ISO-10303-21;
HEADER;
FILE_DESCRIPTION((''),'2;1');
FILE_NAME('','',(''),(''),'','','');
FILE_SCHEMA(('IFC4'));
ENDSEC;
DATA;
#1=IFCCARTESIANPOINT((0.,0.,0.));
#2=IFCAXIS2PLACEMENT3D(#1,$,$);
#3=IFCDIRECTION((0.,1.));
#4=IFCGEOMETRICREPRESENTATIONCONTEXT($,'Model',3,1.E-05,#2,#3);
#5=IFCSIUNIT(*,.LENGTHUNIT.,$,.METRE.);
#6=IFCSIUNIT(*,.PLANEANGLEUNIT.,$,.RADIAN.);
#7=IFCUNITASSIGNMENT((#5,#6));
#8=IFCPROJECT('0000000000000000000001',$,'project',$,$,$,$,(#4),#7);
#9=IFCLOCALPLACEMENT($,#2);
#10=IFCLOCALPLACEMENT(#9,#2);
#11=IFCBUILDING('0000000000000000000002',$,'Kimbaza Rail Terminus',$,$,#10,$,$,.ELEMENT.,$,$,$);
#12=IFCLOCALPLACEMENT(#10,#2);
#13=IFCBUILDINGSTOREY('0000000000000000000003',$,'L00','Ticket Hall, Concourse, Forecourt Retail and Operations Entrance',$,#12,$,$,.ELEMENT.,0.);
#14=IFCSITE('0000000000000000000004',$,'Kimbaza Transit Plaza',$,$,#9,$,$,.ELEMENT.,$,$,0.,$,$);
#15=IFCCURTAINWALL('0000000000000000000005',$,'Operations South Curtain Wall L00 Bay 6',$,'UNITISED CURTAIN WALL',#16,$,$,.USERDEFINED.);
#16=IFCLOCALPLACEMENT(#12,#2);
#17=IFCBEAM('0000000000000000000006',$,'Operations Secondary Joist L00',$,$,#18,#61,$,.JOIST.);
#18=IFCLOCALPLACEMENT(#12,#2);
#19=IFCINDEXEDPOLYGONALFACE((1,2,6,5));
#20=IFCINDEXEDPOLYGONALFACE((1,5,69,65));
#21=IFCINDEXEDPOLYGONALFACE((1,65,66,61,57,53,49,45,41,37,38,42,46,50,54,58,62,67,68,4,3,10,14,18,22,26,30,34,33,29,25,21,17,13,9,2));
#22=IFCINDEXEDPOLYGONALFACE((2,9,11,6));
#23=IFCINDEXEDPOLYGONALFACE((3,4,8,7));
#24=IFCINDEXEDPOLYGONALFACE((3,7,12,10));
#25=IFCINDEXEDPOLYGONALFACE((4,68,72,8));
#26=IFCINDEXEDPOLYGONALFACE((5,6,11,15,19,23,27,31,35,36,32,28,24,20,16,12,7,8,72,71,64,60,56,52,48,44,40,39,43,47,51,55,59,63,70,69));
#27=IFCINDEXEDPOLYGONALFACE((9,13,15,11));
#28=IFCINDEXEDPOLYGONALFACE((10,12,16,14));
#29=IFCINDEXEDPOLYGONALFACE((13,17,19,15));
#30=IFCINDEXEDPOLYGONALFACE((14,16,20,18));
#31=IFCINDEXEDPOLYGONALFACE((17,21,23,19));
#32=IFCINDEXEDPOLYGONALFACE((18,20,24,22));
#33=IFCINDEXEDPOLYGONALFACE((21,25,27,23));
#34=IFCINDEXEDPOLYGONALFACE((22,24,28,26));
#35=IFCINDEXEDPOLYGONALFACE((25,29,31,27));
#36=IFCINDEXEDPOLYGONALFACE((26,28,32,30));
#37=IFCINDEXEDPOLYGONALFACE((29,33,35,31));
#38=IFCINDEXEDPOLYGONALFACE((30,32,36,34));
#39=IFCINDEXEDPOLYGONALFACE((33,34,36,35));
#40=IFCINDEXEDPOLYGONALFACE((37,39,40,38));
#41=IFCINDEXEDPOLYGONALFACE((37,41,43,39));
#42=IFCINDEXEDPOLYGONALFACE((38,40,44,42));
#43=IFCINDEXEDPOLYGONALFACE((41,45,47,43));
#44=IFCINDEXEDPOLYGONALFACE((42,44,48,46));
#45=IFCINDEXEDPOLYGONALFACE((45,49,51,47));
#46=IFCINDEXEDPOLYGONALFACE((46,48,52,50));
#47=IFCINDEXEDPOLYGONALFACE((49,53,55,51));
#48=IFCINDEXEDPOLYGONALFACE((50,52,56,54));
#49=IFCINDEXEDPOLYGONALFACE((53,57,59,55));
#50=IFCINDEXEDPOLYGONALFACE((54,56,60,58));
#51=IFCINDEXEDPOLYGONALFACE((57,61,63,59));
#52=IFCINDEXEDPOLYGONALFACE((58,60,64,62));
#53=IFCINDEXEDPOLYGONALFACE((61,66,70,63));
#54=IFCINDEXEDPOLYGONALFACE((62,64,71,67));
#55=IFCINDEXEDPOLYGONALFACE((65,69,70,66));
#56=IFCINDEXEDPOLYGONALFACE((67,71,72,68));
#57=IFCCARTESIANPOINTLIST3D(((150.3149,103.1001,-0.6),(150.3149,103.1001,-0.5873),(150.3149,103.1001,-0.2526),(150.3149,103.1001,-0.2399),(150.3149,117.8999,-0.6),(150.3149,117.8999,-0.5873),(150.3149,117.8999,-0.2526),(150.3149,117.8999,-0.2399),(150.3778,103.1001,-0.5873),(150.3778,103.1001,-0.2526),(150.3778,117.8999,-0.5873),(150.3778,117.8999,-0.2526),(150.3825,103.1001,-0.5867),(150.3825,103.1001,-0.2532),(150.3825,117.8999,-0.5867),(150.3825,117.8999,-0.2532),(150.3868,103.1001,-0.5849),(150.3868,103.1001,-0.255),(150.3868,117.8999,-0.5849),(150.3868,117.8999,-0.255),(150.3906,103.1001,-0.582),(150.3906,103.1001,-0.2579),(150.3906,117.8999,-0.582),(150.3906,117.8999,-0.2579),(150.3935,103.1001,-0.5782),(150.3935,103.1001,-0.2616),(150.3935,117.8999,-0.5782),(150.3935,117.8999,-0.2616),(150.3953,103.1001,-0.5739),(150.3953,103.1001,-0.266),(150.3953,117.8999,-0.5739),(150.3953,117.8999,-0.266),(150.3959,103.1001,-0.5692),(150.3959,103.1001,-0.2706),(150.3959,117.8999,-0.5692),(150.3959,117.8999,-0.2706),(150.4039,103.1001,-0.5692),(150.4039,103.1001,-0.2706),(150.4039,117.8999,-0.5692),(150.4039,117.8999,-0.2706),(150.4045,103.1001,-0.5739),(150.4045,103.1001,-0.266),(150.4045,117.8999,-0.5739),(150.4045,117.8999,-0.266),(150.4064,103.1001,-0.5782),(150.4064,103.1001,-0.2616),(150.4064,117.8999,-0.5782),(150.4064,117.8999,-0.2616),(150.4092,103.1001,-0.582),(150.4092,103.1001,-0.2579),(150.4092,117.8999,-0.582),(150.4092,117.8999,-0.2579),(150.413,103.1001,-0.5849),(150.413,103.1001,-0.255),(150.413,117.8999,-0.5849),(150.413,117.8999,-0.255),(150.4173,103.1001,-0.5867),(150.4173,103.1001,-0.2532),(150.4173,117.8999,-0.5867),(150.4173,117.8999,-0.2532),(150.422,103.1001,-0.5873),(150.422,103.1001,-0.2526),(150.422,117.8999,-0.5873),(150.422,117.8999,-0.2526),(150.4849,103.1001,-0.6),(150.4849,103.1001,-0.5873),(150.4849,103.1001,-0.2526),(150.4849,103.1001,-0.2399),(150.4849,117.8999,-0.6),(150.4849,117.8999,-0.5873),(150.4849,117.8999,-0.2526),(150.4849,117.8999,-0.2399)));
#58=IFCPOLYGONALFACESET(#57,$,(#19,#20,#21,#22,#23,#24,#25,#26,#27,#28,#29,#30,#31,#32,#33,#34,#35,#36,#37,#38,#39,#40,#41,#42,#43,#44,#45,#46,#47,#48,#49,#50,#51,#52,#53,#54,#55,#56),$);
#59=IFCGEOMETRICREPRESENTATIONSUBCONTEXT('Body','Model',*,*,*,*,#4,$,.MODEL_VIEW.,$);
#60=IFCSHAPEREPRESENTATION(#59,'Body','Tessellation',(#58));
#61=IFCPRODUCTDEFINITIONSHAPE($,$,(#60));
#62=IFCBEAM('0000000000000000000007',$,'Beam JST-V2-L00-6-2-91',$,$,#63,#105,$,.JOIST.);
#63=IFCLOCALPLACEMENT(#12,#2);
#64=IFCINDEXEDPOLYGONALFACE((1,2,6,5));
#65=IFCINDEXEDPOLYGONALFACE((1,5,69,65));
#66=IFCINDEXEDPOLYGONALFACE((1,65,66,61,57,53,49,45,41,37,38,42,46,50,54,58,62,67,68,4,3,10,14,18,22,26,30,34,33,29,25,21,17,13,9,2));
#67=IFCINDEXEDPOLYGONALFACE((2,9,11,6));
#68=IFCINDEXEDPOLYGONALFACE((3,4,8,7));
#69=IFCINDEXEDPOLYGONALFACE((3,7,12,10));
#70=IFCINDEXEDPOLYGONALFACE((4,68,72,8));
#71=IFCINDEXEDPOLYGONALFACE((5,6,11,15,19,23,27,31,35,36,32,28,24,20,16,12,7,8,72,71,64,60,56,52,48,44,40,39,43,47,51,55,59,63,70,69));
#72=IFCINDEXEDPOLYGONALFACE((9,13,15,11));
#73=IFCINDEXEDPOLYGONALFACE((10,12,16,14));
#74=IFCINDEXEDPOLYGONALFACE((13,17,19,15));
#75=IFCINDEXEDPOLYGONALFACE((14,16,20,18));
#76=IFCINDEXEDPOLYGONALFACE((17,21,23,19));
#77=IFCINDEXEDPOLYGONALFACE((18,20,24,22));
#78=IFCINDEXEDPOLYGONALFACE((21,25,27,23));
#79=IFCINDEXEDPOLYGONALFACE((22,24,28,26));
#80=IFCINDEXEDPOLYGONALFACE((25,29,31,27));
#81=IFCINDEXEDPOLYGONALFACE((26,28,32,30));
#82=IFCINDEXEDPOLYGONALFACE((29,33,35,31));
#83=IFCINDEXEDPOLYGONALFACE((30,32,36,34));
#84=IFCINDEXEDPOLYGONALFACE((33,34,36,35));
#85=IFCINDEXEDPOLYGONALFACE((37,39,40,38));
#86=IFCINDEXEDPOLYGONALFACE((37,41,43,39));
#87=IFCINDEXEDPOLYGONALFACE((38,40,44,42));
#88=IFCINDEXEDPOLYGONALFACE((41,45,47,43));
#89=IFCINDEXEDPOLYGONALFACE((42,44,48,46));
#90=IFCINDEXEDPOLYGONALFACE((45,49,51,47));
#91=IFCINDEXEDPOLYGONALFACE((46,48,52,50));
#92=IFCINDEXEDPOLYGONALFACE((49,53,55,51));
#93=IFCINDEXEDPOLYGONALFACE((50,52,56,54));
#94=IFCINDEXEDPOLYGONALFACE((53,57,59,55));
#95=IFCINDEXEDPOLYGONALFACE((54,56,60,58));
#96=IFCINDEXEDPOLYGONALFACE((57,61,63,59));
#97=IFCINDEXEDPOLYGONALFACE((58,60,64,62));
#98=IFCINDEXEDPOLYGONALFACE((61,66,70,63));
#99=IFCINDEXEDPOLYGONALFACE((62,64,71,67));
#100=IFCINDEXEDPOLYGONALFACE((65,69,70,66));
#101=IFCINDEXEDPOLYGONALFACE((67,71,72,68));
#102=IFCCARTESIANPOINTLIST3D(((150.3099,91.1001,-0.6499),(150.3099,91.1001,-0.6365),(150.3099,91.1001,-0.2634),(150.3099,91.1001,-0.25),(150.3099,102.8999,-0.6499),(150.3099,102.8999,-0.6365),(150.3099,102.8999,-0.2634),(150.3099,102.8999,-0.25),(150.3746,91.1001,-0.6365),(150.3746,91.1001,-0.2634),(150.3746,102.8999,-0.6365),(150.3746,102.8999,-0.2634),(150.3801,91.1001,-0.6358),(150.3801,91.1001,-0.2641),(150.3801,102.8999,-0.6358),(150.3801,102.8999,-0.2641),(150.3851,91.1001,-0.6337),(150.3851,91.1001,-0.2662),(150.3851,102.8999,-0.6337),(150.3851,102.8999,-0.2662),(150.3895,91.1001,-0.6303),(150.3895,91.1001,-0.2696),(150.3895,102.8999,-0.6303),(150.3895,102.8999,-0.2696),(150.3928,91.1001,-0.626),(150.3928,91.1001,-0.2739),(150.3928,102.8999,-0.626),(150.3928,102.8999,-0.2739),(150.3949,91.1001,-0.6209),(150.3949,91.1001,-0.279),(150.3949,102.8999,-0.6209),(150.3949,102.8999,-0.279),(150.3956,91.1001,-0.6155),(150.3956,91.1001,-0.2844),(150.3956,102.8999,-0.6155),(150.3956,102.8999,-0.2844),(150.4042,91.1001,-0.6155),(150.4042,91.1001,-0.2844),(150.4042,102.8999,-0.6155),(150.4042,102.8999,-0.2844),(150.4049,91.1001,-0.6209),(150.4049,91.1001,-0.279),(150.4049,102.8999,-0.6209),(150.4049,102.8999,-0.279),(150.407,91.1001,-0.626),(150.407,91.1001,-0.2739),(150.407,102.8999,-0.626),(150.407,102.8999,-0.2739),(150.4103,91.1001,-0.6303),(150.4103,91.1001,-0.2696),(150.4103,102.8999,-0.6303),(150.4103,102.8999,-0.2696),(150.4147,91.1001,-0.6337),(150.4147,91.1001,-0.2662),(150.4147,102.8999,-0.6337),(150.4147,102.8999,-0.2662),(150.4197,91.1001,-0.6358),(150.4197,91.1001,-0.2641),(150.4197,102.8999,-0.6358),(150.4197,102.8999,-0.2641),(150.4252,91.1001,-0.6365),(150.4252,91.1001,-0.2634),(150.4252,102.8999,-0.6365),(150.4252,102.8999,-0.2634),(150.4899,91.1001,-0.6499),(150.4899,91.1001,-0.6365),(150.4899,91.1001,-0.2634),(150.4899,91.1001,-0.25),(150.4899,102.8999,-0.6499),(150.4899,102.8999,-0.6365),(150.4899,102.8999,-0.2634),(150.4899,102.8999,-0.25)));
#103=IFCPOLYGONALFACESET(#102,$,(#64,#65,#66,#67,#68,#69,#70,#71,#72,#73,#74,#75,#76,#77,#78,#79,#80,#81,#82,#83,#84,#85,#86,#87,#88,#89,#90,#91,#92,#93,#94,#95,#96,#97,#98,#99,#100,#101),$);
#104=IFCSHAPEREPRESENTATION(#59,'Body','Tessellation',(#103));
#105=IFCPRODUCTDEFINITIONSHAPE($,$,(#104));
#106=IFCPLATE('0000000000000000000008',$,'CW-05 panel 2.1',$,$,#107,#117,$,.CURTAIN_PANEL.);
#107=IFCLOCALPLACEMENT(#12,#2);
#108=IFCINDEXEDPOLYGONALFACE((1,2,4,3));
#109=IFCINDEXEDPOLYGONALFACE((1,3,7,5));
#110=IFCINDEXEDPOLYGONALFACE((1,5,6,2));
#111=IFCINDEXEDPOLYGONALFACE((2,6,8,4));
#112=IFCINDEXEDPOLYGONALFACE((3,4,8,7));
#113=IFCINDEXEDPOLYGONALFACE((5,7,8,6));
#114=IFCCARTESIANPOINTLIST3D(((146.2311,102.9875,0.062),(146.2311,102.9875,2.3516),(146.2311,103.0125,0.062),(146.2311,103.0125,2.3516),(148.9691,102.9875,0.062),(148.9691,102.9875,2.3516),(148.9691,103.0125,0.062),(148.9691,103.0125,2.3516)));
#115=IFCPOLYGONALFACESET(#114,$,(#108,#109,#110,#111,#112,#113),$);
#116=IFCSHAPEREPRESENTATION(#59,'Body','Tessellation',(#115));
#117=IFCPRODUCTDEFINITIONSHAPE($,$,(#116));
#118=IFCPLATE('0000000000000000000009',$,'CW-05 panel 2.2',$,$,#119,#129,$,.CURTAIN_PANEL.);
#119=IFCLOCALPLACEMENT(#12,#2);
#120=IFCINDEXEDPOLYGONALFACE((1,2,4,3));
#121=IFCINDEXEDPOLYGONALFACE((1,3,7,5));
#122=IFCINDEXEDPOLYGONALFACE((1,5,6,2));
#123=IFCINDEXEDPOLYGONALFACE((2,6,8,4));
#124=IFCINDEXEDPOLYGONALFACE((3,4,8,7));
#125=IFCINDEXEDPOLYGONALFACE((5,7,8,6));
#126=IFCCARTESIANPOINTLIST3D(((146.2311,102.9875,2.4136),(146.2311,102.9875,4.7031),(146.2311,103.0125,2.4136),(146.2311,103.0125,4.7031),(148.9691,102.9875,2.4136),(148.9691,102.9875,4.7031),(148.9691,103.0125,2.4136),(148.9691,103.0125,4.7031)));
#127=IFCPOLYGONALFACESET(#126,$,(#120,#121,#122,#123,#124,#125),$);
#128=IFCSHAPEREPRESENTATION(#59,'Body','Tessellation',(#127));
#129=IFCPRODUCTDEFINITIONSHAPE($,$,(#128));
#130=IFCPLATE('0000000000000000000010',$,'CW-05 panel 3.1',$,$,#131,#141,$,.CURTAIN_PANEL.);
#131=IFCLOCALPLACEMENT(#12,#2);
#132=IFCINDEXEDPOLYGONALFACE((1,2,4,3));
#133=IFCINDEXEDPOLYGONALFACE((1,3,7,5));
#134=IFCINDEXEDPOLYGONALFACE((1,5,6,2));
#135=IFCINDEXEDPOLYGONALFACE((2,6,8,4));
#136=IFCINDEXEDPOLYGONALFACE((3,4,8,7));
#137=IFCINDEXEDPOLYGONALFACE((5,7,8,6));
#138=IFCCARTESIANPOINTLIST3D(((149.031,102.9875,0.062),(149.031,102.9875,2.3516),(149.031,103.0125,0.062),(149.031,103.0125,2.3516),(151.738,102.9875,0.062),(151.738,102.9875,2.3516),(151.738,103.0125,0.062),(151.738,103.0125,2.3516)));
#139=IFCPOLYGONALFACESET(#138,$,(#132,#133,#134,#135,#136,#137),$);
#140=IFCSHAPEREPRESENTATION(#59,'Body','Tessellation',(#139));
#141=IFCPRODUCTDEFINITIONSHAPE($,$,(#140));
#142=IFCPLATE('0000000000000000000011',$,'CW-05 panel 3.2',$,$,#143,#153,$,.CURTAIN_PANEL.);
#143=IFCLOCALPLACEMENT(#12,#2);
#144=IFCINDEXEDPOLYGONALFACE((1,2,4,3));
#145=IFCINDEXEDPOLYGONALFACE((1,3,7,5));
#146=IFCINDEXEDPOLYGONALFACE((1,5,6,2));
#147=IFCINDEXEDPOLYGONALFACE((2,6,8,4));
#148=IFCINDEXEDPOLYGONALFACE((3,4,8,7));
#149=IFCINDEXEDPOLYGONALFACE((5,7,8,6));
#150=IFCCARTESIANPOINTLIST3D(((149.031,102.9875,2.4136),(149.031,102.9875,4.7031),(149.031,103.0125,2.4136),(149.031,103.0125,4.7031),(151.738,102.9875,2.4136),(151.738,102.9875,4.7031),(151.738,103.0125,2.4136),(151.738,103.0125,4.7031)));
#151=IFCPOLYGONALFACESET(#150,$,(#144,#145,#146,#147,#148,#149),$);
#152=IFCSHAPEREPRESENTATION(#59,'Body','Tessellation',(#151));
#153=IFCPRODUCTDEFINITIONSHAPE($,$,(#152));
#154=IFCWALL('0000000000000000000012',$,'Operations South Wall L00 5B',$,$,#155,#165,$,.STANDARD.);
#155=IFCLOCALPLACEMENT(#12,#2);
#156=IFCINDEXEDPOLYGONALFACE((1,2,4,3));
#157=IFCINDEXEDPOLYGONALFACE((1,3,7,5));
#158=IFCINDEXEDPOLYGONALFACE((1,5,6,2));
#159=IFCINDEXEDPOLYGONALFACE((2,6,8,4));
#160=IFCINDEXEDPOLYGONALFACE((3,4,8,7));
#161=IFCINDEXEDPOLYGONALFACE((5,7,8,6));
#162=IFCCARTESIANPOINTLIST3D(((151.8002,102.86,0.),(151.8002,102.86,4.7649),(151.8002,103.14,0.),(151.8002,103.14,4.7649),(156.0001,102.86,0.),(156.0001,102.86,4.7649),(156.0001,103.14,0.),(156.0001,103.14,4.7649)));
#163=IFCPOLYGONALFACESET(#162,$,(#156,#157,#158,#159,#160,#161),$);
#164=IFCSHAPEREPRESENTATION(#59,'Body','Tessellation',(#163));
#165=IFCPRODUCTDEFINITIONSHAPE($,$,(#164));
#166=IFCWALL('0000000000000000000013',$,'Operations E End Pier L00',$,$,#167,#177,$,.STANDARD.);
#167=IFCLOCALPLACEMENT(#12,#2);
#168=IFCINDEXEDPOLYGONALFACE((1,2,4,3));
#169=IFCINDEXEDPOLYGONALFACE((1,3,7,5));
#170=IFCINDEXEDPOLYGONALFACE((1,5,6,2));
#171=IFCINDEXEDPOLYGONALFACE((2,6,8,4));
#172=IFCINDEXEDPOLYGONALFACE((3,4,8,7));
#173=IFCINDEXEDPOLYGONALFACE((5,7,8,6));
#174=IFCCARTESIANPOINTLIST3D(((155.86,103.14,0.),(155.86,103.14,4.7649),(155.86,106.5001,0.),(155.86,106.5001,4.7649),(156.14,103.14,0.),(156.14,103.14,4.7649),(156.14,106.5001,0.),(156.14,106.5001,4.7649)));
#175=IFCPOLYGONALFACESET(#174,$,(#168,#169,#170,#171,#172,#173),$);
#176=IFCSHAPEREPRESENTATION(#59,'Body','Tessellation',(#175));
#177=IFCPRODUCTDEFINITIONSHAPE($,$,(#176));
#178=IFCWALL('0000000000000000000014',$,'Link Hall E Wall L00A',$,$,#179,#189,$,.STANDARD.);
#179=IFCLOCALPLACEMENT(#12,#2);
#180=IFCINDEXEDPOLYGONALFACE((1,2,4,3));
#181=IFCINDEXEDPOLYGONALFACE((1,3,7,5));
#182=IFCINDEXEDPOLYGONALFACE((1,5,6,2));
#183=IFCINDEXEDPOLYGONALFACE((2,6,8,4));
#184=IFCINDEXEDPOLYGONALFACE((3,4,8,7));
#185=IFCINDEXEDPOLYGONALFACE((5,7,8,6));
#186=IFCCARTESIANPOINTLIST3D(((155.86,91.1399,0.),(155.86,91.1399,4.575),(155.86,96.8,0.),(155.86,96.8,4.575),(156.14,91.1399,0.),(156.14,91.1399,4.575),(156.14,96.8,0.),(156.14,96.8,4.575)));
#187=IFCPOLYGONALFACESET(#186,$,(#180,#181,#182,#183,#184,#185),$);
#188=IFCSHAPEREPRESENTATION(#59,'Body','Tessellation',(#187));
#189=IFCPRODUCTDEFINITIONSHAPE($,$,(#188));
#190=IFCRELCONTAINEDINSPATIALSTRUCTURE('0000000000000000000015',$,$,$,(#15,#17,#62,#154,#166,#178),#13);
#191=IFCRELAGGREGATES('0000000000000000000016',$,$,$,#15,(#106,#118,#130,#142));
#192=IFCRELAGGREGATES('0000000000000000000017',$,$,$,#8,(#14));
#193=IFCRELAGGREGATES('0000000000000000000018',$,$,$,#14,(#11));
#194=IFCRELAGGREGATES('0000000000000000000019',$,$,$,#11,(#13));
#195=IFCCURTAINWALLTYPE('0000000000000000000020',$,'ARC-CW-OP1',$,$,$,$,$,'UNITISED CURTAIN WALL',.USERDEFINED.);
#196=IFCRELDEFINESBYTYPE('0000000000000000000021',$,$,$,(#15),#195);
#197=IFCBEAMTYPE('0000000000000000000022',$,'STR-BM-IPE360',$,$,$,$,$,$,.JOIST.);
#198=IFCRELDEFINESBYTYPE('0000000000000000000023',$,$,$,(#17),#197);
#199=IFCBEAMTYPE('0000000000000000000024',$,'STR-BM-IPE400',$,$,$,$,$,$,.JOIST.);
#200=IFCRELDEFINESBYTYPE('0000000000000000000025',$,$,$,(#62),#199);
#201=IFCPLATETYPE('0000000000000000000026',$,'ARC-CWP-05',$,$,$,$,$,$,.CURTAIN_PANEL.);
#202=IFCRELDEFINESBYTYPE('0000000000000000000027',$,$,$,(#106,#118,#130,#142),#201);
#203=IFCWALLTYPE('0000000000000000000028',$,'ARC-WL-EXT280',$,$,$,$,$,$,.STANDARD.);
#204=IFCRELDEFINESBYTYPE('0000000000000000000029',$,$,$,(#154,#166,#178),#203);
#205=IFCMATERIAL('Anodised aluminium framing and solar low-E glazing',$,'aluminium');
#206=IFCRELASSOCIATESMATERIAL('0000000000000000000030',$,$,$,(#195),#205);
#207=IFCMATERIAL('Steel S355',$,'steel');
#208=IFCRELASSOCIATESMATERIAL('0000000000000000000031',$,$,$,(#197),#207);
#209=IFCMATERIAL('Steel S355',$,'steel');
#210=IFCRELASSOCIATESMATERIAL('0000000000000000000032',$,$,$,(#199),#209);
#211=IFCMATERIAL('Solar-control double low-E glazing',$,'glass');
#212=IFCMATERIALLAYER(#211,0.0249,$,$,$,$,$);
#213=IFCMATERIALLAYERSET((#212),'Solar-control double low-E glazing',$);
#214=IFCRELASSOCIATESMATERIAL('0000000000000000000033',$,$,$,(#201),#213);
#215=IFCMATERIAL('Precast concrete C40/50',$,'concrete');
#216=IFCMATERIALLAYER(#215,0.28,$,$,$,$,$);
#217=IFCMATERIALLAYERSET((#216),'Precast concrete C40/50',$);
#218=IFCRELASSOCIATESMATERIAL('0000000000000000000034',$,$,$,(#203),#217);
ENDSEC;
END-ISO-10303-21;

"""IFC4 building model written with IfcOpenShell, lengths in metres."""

from ifc_helpers import new_model, si_unit, direction, frame, frame_2d, origin, origin_2d, place, context, subcontext, project, spatial, rectangle, i_section, extrude, material, layer, layer_set, material_profile, profile_set, type_object, element, aggregate, save


model = new_model("IFC4")

# Units and contexts
model_context = context("Model", 3, precision=1e-05, world=origin(), true_north=direction((0.0, 1.0)))
body_context = subcontext(model_context, "Body", "Model", "MODEL_VIEW")
ifc_project = project(units=[si_unit("LENGTHUNIT", "METRE"), si_unit("PLANEANGLEUNIT", "RADIAN")], contexts=[model_context])

# Site, building, storey
site_placement = place(None, origin())
site = spatial("IfcSite", under=ifc_project, at=site_placement, Name="Kimbaza Transit Plaza", CompositionType="ELEMENT", RefElevation=0.0)
building_placement = place(site_placement, origin())
building = spatial("IfcBuilding", under=site, at=building_placement, Name="Kimbaza Rail Terminus", CompositionType="ELEMENT")
storey_placement = place(building_placement, origin())
storey = spatial("IfcBuildingStorey", under=building, at=storey_placement, Name="L00", Description="Ticket Hall, Concourse, Forecourt Retail and Operations Entrance", CompositionType="ELEMENT", Elevation=0.0)

# Curtain wall
ifc_material_1 = material(Name="Anodised aluminium framing and solar low-E glazing", Category="aluminium")
curtain_wall_type = type_object("IfcCurtainWallType", Name="ARC-CW-OP1", ElementType="UNITISED CURTAIN WALL", PredefinedType="USERDEFINED", material=ifc_material_1)
curtain_wall_1_placement = place(storey_placement, origin())
curtain_wall_1 = element("IfcCurtainWall", 1, at=curtain_wall_1_placement, inside=storey, type_object=curtain_wall_type, Name="Operations South Curtain Wall L00 Bay 6", ObjectType="UNITISED CURTAIN WALL", PredefinedType="USERDEFINED")

# Beams
ifc_material_2 = material(Name="Steel S355", Category="steel")
ifc_material_profile_1 = material_profile(ifc_material_2, i_section(OverallWidth=0.1699, OverallDepth=0.3601, WebThickness=0.0081, FlangeThickness=0.0127, FilletRadius=0.0181, at=origin_2d()), Name="IPE 360")
ifc_profile_set_1 = profile_set([ifc_material_profile_1], Name="Steel S355")
beam_type_1 = type_object("IfcBeamType", Name="STR-BM-IPE360", PredefinedType="JOIST", material=ifc_profile_set_1)
beam_1_placement = place(storey_placement, frame((150.3999, 103.1001, -0.4199), z_axis=(0.0, 1.0, 0.0), x_axis=(-1.0, 0.0, 0.0)))
element("IfcBeam", 2, at=beam_1_placement, inside=storey, type_object=beam_type_1, Name="Operations Secondary Joist L00", PredefinedType="JOIST", context=body_context, shape_type="SweptSolid", body=[
    extrude(i_section(OverallWidth=0.1699, OverallDepth=0.3601, WebThickness=0.0081, FlangeThickness=0.0127, FilletRadius=0.0181, at=origin_2d()), origin(), (0.0, 0.0, 1.0), 14.7998),
])
ifc_material_3 = material(Name="Steel S355", Category="steel")
ifc_material_profile_2 = material_profile(ifc_material_3, i_section(OverallWidth=0.1799, OverallDepth=0.3999, WebThickness=0.0085, FlangeThickness=0.0134, FilletRadius=0.021, at=origin_2d()), Name="IPE 400")
ifc_profile_set_2 = profile_set([ifc_material_profile_2], Name="Steel S355")
beam_type_2 = type_object("IfcBeamType", Name="STR-BM-IPE400", PredefinedType="JOIST", material=ifc_profile_set_2)
beam_2_placement = place(storey_placement, frame((150.3999, 91.1001, -0.45), z_axis=(0.0, 1.0, 0.0), x_axis=(-1.0, 0.0, 0.0)))
element("IfcBeam", 3, at=beam_2_placement, inside=storey, type_object=beam_type_2, Name="Beam JST-V2-L00-6-2-91", PredefinedType="JOIST", context=body_context, shape_type="SweptSolid", body=[
    extrude(i_section(OverallWidth=0.1799, OverallDepth=0.3999, WebThickness=0.0085, FlangeThickness=0.0134, FilletRadius=0.021, at=origin_2d()), origin(), (0.0, 0.0, 1.0), 11.7998),
])

# Plates
ifc_material_4 = material(Name="Solar-control double low-E glazing", Category="glass")
ifc_layer_1 = layer(ifc_material_4, 0.0249)
ifc_layer_set_1 = layer_set([ifc_layer_1], Name="Solar-control double low-E glazing")
plate_type = type_object("IfcPlateType", Name="ARC-CWP-05", PredefinedType="CURTAIN_PANEL", material=ifc_layer_set_1)
plate_1_placement = place(storey_placement, frame((147.6001, 103.0, 0.062), z_axis=(0.0, 0.0, 1.0), x_axis=(1.0, 0.0, 0.0)))
plate_1 = element("IfcPlate", 4, at=plate_1_placement, type_object=plate_type, Name="CW-05 panel 2.1", PredefinedType="CURTAIN_PANEL", context=body_context, shape_type="SweptSolid", body=[
    extrude(rectangle(XDim=2.738, YDim=0.0249, at=origin_2d()), origin(), (0.0, 0.0, 1.0), 2.2896),
])
plate_2_placement = place(storey_placement, frame((147.6001, 103.0, 2.4136), z_axis=(0.0, 0.0, 1.0), x_axis=(1.0, 0.0, 0.0)))
plate_2 = element("IfcPlate", 5, at=plate_2_placement, type_object=plate_type, Name="CW-05 panel 2.2", PredefinedType="CURTAIN_PANEL", context=body_context, shape_type="SweptSolid", body=[
    extrude(rectangle(XDim=2.738, YDim=0.0249, at=origin_2d()), origin(), (0.0, 0.0, 1.0), 2.2896),
])
plate_3_placement = place(storey_placement, frame((150.3845, 103.0, 0.062), z_axis=(0.0, 0.0, 1.0), x_axis=(1.0, 0.0, 0.0)))
plate_3 = element("IfcPlate", 6, at=plate_3_placement, type_object=plate_type, Name="CW-05 panel 3.1", PredefinedType="CURTAIN_PANEL", context=body_context, shape_type="SweptSolid", body=[
    extrude(rectangle(XDim=2.707, YDim=0.0249, at=origin_2d()), origin(), (0.0, 0.0, 1.0), 2.2896),
])
plate_4_placement = place(storey_placement, frame((150.3845, 103.0, 2.4136), z_axis=(0.0, 0.0, 1.0), x_axis=(1.0, 0.0, 0.0)))
plate_4 = element("IfcPlate", 7, at=plate_4_placement, type_object=plate_type, Name="CW-05 panel 3.2", PredefinedType="CURTAIN_PANEL", context=body_context, shape_type="SweptSolid", body=[
    extrude(rectangle(XDim=2.707, YDim=0.0249, at=origin_2d()), origin(), (0.0, 0.0, 1.0), 2.2896),
])
aggregate(curtain_wall_1, [plate_1, plate_2, plate_3, plate_4])

# Walls
ifc_material_5 = material(Name="Precast concrete C40/50", Category="concrete")
ifc_layer_2 = layer(ifc_material_5, 0.28)
ifc_layer_set_2 = layer_set([ifc_layer_2], Name="Precast concrete C40/50")
wall_type_1 = type_object("IfcWallType", Name="ARC-WL-EXT280", PredefinedType="STANDARD", material=ifc_layer_set_2)
wall_1_placement = place(storey_placement, frame((151.8, 103.0, 0.0), z_axis=(0.0, 0.0, 1.0), x_axis=(1.0, 0.0, 0.0)))
element("IfcWall", 8, at=wall_1_placement, inside=storey, type_object=wall_type_1, Name="Operations South Wall L00 5B", PredefinedType="STANDARD", context=body_context, shape_type="SweptSolid", body=[
    extrude(rectangle(XDim=4.2, YDim=0.28, at=frame_2d((2.1001, 0.0))), origin(), (0.0, 0.0, 1.0), 4.7649),
])
wall_2_placement = place(storey_placement, frame((156.0, 103.1399, 0.0), z_axis=(0.0, 0.0, 1.0), x_axis=(0.0, 1.0, 0.0)))
element("IfcWall", 9, at=wall_2_placement, inside=storey, type_object=wall_type_1, Name="Operations E End Pier L00", PredefinedType="STANDARD", context=body_context, shape_type="SweptSolid", body=[
    extrude(rectangle(XDim=3.3601, YDim=0.28, at=frame_2d((1.6802, 0.0))), origin(), (0.0, 0.0, 1.0), 4.7649),
])
wall_3_placement = place(storey_placement, frame((156.0, 91.1399, 0.0), z_axis=(0.0, 0.0, 1.0), x_axis=(0.0, 1.0, 0.0)))
element("IfcWall", 10, at=wall_3_placement, inside=storey, type_object=wall_type_1, Name="Link Hall E Wall L00A", PredefinedType="STANDARD", context=body_context, shape_type="SweptSolid", body=[
    extrude(rectangle(XDim=5.6602, YDim=0.28, at=frame_2d((2.8301, 0.0))), origin(), (0.0, 0.0, 1.0), 4.575),
])

save(model, "model.ifc")
